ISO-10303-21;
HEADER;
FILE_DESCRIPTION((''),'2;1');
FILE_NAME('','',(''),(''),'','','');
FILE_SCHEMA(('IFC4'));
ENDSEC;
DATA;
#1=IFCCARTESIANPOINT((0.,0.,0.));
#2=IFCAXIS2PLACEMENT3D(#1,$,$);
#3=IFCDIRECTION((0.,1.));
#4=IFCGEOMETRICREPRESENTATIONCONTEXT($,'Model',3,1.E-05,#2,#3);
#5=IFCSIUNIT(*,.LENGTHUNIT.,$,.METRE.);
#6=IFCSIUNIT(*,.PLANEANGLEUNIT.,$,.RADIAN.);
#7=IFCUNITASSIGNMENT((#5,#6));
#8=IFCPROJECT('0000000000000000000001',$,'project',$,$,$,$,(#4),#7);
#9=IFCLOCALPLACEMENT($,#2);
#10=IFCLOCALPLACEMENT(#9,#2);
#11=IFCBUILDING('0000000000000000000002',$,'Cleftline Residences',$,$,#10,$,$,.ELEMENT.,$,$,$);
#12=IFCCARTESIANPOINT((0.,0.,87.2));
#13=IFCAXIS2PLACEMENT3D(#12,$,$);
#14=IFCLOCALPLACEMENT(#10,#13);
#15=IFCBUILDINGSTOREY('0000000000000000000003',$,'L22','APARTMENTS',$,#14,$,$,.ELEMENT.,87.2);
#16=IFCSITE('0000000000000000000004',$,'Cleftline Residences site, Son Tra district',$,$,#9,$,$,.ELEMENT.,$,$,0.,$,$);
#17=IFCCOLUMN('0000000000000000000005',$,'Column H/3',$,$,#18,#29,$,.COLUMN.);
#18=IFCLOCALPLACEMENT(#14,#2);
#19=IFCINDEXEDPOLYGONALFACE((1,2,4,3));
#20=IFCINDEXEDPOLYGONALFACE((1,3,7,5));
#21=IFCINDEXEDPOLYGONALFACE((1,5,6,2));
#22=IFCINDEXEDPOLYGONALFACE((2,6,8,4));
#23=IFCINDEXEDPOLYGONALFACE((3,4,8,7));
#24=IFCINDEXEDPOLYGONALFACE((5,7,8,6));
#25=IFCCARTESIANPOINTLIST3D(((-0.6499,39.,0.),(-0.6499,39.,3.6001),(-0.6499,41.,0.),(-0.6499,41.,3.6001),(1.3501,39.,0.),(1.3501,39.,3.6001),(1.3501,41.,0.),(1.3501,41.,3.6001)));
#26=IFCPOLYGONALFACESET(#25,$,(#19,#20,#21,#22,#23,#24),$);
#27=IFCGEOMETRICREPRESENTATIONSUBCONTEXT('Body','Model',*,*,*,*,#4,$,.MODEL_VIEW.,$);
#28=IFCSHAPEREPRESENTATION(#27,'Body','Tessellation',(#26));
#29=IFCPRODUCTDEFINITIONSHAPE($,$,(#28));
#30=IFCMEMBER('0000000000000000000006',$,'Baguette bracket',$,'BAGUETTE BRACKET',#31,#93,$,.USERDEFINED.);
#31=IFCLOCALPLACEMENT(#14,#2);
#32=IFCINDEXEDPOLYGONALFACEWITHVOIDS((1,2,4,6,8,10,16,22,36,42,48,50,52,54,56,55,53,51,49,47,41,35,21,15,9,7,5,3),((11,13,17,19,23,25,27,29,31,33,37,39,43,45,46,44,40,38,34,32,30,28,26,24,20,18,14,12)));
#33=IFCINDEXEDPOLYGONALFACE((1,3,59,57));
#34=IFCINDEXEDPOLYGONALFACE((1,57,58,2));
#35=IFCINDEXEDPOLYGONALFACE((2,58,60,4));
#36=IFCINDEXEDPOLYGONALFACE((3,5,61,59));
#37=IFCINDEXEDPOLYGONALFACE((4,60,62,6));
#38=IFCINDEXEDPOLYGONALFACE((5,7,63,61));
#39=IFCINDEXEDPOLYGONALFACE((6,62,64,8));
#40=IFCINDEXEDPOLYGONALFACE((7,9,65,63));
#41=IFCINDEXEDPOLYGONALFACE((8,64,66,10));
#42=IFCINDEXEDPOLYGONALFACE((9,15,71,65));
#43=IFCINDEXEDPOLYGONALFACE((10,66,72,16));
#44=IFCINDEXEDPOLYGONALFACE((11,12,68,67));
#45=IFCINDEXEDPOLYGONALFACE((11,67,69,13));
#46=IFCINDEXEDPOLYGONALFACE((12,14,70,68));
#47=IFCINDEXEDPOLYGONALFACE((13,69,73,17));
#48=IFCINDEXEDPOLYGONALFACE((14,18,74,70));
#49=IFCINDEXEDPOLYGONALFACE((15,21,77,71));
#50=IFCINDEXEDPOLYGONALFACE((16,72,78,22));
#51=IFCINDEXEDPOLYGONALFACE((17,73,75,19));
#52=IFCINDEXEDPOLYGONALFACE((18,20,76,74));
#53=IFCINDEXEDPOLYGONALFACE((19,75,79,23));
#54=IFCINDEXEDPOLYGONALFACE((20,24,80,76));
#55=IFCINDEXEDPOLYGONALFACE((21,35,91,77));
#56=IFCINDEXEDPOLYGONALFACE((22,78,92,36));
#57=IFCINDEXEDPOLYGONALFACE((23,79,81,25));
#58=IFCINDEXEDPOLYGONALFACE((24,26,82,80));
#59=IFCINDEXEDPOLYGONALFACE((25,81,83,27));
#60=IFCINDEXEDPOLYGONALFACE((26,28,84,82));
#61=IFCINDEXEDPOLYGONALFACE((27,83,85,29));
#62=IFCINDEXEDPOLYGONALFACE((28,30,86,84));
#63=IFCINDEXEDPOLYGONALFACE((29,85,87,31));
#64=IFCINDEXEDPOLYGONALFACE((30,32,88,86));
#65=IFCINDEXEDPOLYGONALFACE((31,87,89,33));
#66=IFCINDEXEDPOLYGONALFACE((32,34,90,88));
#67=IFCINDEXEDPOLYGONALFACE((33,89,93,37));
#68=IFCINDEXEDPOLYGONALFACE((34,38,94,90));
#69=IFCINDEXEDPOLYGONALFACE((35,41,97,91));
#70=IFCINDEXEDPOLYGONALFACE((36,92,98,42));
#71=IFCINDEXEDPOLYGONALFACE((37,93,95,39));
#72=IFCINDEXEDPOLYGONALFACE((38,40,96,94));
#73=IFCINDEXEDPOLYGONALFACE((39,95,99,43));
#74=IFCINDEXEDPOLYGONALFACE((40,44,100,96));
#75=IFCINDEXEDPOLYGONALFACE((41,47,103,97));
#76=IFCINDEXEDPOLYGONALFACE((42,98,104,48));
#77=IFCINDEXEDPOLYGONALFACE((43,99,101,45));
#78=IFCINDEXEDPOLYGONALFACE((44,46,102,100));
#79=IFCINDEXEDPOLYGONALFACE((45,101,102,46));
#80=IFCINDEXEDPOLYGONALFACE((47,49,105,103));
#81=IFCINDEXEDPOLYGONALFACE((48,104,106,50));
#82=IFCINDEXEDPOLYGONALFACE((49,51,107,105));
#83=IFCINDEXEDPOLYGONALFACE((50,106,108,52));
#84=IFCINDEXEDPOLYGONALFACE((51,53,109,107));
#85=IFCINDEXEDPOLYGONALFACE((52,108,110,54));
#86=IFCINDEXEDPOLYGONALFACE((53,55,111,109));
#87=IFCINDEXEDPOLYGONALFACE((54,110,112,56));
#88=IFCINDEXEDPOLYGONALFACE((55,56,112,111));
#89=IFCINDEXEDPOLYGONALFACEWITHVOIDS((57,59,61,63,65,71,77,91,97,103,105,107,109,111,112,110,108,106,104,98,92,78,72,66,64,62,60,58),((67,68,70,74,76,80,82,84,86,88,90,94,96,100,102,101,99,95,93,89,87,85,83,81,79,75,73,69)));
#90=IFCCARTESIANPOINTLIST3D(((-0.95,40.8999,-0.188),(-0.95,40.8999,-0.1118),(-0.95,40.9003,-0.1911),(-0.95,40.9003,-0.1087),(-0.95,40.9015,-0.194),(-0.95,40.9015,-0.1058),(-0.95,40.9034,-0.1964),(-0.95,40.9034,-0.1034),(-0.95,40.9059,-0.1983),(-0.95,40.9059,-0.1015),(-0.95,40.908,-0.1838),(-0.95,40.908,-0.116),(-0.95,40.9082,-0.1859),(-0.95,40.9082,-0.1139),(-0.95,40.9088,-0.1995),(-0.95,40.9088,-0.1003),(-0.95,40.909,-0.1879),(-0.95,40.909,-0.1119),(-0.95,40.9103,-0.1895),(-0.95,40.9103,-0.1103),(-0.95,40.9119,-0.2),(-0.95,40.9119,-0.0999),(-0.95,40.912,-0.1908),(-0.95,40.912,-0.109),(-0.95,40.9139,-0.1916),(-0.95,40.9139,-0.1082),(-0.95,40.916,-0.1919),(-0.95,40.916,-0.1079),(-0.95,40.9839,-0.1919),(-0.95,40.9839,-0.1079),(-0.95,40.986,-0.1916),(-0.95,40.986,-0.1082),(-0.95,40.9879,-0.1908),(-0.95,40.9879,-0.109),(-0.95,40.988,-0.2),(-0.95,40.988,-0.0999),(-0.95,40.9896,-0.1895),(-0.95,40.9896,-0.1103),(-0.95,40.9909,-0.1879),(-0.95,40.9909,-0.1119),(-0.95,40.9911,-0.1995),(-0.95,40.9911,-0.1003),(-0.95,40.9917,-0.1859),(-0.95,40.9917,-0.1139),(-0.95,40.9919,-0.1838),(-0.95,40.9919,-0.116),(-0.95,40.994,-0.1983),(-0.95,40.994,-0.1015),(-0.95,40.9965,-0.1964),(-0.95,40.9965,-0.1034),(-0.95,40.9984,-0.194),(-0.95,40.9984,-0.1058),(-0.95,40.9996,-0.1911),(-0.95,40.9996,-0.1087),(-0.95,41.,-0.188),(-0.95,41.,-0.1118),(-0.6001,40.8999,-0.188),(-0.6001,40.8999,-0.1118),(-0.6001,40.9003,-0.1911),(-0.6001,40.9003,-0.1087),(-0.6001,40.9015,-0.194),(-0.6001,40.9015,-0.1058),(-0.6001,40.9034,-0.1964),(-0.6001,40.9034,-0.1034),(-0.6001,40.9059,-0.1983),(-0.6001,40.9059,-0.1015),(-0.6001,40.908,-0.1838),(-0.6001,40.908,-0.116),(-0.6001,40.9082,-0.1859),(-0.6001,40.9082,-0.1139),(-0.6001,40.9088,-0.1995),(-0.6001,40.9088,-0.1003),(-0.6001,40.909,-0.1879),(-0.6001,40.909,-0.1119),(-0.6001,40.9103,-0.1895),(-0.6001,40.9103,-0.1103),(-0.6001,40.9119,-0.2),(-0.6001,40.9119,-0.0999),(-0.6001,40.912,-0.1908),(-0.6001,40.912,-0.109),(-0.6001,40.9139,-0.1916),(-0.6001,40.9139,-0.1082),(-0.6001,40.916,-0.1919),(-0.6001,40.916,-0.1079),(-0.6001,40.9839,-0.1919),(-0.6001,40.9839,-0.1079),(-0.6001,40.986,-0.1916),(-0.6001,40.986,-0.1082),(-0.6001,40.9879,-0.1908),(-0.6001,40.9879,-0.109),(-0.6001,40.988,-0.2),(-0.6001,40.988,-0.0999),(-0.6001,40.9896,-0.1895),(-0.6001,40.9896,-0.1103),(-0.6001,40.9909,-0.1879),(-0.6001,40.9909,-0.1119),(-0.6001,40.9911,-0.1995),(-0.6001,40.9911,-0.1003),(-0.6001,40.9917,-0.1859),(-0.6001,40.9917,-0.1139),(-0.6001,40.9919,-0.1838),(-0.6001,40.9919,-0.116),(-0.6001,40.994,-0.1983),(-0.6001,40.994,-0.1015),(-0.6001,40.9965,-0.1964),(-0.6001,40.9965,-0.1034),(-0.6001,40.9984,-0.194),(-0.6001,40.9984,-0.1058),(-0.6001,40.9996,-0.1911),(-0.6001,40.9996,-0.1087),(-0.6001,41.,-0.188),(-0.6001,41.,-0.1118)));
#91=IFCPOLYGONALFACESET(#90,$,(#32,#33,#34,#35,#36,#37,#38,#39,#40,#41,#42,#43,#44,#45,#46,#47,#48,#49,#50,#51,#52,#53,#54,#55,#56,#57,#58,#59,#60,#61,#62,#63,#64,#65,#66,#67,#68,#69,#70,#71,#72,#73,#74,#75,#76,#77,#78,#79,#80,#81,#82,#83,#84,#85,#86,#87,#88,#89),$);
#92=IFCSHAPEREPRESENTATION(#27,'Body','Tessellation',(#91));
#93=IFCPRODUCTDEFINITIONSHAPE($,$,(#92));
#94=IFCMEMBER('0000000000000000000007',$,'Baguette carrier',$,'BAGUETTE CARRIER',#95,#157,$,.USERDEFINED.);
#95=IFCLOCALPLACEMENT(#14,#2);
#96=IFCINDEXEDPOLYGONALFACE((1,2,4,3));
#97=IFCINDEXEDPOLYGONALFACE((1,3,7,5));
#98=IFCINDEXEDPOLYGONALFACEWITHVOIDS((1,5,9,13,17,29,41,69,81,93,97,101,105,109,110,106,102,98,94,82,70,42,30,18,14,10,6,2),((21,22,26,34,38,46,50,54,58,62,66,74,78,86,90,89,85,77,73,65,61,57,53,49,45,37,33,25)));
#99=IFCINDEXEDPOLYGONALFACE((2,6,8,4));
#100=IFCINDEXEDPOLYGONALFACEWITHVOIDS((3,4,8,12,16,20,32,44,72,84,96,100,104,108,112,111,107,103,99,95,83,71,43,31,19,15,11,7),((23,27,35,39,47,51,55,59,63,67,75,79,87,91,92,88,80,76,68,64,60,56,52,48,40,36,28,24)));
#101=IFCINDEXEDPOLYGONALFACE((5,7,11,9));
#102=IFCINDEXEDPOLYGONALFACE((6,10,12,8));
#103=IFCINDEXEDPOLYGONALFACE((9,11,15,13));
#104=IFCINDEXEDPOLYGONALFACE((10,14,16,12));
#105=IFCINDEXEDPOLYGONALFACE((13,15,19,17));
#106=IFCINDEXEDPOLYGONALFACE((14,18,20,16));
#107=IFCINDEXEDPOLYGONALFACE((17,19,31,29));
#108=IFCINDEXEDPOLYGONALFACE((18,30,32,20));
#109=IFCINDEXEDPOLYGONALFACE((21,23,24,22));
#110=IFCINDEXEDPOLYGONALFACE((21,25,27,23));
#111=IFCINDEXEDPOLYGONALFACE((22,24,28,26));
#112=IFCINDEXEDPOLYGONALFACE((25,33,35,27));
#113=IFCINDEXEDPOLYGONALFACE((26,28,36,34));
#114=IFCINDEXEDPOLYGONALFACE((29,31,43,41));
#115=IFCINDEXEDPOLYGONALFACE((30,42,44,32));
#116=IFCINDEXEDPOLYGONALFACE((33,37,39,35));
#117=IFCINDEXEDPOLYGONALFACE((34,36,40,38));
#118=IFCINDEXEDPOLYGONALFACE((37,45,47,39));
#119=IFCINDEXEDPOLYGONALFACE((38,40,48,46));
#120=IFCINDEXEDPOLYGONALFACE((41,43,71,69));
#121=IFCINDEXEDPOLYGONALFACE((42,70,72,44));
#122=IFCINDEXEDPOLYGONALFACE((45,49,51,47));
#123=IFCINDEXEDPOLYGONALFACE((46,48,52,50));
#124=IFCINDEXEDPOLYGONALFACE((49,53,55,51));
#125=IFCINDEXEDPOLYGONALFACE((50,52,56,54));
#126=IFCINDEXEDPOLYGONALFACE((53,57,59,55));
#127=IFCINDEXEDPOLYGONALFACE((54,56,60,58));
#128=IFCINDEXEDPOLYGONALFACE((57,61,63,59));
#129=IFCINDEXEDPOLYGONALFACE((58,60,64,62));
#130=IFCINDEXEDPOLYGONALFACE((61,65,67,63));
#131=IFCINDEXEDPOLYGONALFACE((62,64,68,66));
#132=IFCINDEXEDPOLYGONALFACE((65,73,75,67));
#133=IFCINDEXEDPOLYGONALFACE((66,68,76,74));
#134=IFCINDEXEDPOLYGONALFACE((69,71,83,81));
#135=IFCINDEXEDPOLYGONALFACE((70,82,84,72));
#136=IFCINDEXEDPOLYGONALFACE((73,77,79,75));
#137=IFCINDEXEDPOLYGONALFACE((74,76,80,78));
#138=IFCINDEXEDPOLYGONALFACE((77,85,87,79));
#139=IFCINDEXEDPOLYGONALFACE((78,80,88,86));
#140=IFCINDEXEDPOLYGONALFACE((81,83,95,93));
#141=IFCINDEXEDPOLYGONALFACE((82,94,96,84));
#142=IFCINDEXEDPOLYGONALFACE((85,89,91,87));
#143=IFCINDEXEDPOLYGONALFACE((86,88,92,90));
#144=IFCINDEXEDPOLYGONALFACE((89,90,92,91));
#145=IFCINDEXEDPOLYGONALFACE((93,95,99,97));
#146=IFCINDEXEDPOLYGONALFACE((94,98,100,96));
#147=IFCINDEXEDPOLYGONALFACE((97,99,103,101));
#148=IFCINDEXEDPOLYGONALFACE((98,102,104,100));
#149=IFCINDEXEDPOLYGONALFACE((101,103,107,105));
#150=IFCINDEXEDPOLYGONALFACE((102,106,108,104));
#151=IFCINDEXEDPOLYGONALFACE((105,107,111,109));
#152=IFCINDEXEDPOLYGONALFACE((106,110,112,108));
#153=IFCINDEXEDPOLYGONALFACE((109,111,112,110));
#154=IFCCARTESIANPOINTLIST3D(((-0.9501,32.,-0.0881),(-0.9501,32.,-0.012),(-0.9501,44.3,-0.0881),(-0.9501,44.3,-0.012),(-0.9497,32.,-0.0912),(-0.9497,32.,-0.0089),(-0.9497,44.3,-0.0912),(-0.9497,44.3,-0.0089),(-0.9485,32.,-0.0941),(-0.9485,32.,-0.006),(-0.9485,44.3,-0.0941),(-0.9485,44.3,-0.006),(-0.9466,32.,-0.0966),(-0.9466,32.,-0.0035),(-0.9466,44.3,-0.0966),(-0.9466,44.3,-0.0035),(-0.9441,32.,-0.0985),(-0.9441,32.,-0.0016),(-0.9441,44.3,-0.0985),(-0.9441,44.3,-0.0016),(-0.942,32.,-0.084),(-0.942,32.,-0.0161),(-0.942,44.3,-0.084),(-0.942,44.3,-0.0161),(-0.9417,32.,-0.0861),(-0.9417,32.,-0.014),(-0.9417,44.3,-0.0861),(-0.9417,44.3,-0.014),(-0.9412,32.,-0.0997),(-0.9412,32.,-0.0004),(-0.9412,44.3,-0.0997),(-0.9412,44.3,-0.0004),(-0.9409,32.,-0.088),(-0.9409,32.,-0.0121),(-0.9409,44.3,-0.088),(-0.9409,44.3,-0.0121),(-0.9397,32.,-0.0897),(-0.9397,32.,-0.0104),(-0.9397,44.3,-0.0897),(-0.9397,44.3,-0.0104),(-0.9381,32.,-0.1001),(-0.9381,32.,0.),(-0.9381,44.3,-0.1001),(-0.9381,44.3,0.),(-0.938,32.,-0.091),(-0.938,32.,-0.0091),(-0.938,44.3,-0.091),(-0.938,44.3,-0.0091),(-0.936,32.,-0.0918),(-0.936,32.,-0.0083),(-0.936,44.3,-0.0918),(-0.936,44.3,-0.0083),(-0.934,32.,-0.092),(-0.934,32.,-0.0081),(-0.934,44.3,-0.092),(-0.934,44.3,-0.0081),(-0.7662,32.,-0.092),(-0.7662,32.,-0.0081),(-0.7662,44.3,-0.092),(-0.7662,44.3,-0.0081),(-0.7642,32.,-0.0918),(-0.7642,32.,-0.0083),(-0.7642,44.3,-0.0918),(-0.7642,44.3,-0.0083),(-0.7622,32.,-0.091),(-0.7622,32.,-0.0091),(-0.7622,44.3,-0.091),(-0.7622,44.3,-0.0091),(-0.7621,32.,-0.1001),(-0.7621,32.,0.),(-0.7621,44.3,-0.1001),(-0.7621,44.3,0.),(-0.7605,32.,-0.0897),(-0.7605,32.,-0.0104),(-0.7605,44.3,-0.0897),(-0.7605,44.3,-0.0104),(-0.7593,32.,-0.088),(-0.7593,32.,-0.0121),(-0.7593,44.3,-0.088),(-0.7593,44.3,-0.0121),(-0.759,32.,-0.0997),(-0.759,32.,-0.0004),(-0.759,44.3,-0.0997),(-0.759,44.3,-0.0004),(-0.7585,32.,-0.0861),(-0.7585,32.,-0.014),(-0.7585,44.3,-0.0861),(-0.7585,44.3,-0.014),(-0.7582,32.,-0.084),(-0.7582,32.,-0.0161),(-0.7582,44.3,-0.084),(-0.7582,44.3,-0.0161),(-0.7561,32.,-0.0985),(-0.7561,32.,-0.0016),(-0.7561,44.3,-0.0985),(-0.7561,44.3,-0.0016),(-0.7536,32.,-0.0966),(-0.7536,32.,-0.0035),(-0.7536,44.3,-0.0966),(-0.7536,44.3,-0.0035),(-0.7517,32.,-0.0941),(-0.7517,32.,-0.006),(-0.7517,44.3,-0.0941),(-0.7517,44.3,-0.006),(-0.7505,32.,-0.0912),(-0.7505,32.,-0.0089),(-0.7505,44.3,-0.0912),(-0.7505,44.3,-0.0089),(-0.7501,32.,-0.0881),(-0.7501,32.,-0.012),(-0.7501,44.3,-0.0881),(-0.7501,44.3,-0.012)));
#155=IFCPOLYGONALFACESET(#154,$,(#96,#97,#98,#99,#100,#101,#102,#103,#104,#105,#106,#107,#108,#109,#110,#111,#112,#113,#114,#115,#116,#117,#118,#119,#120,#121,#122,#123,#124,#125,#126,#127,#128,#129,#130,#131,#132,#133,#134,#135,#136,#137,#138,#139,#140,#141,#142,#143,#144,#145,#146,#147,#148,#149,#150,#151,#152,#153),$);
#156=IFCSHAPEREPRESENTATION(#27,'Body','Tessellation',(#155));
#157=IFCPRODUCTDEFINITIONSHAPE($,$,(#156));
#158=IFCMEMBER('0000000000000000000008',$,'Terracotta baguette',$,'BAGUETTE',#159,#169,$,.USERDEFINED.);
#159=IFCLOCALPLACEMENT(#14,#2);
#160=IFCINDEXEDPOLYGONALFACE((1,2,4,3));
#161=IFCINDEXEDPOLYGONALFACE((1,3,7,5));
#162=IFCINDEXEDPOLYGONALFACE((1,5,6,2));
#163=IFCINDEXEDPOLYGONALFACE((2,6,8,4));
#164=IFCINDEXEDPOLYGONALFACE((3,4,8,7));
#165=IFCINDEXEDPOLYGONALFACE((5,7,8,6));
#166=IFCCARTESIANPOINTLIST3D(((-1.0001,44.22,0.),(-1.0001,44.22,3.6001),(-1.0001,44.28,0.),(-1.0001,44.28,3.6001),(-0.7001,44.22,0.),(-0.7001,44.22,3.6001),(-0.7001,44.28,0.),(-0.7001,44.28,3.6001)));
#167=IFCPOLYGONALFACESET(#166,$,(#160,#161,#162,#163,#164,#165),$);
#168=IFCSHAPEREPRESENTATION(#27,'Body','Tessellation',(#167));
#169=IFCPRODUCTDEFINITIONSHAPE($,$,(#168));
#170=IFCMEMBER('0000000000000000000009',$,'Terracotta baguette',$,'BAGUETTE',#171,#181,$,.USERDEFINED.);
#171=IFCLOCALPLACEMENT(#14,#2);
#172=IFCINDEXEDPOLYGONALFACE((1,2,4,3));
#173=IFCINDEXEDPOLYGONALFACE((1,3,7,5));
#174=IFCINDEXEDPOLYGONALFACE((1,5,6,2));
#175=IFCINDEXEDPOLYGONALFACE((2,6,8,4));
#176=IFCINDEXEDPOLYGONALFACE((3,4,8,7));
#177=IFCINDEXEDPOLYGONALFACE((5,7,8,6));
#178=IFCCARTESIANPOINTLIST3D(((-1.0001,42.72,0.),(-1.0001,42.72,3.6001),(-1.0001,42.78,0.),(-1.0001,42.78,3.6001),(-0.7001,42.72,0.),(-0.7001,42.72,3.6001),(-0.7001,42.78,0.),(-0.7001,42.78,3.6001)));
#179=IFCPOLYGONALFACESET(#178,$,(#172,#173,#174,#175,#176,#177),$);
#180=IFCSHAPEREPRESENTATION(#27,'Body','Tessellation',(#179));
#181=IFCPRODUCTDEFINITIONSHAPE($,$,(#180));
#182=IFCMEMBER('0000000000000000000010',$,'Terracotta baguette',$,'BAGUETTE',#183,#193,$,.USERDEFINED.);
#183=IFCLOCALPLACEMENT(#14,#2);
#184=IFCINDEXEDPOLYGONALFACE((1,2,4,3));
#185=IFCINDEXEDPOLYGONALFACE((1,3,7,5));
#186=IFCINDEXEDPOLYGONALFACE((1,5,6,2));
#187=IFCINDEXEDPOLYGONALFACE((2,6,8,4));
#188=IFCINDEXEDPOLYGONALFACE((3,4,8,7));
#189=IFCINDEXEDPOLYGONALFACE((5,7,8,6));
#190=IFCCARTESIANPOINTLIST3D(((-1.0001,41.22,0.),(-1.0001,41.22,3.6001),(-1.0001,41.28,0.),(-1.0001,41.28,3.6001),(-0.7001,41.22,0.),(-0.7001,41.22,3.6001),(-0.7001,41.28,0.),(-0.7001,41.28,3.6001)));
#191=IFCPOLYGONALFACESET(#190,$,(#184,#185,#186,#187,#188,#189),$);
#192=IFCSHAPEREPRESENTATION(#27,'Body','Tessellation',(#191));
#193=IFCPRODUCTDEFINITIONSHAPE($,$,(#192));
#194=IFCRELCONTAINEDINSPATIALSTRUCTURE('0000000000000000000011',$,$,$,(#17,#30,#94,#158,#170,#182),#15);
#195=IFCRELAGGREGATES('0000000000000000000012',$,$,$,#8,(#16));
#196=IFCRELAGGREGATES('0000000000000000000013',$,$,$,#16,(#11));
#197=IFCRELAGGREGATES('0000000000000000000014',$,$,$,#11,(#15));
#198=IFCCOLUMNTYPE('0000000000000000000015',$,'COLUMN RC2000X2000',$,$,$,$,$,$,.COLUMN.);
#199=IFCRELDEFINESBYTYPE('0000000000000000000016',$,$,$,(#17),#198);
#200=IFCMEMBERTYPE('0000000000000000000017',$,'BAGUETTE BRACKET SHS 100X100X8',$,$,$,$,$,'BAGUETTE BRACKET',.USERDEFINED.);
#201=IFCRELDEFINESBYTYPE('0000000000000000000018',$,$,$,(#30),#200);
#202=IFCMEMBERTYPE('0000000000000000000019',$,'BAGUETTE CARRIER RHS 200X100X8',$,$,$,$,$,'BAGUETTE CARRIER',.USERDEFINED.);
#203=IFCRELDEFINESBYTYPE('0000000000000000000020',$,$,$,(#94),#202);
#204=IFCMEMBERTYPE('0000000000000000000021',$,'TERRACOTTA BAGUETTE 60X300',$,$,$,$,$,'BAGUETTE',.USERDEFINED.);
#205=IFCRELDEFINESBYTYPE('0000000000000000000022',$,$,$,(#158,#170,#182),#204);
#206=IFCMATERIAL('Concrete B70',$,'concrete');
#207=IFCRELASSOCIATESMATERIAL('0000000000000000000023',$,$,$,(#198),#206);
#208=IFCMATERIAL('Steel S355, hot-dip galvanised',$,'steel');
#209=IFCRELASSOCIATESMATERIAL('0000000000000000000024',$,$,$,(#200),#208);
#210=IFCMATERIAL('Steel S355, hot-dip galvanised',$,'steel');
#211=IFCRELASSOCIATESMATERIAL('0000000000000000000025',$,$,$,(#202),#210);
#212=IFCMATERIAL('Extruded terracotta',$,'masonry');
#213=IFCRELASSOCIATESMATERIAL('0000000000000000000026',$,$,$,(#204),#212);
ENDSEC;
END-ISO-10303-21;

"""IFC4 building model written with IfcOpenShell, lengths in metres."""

from ifc_helpers import new_model, si_unit, direction, frame, origin, origin_2d, place, context, subcontext, project, spatial, rectangle, hollow_rectangle, extrude, material, material_profile, profile_set, type_object, element, save


model = new_model("IFC4")

# Units and contexts
model_context = context("Model", 3, precision=1e-05, world=origin(), true_north=direction((0.0, 1.0)))
body_context = subcontext(model_context, "Body", "Model", "MODEL_VIEW")
ifc_project = project(units=[si_unit("LENGTHUNIT", "METRE"), si_unit("PLANEANGLEUNIT", "RADIAN")], contexts=[model_context])

# Site, building, storey
site_placement = place(None, origin())
site = spatial("IfcSite", under=ifc_project, at=site_placement, Name="Cleftline Residences site, Son Tra district", CompositionType="ELEMENT", RefElevation=0.0)
building_placement = place(site_placement, origin())
building = spatial("IfcBuilding", under=site, at=building_placement, Name="Cleftline Residences", CompositionType="ELEMENT")
storey_placement = place(building_placement, frame((0.0, 0.0, 87.2)))
storey = spatial("IfcBuildingStorey", under=building, at=storey_placement, Name="L22", Description="APARTMENTS", CompositionType="ELEMENT", Elevation=87.2)

# Column
ifc_material_1 = material(Name="Concrete B70", Category="concrete")
ifc_material_profile_1 = material_profile(ifc_material_1, rectangle(XDim=2.0, YDim=2.0, at=origin_2d()))
ifc_profile_set_1 = profile_set([ifc_material_profile_1], Name="Concrete B70")
column_type = type_object("IfcColumnType", Name="COLUMN RC2000X2000", PredefinedType="COLUMN", material=ifc_profile_set_1)
column_placement = place(storey_placement, frame((0.3501, 40.0, 0.0), z_axis=(0.0, 0.0, 1.0), x_axis=(1.0, 0.0, 0.0)))
element("IfcColumn", 1, at=column_placement, inside=storey, type_object=column_type, Name="Column H/3", PredefinedType="COLUMN", context=body_context, shape_type="SweptSolid", body=[
    extrude(rectangle(XDim=2.0, YDim=2.0, at=origin_2d()), origin(), (0.0, 0.0, 1.0), 3.6001),
])

# Members
ifc_material_2 = material(Name="Steel S355, hot-dip galvanised", Category="steel")
ifc_material_profile_2 = material_profile(ifc_material_2, hollow_rectangle(XDim=0.1001, YDim=0.1001, WallThickness=0.0081, InnerFilletRadius=0.0081, OuterFilletRadius=0.012, at=origin_2d()))
ifc_profile_set_2 = profile_set([ifc_material_profile_2], Name="Steel S355, hot-dip galvanised")
member_type_1 = type_object("IfcMemberType", Name="BAGUETTE BRACKET SHS 100X100X8", ElementType="BAGUETTE BRACKET", PredefinedType="USERDEFINED", material=ifc_profile_set_2)
member_1_placement = place(storey_placement, frame((-0.6001, 40.95, -0.1499), z_axis=(-1.0, 0.0, 0.0), x_axis=(0.0, -1.0, 0.0)))
element("IfcMember", 2, at=member_1_placement, inside=storey, type_object=member_type_1, Name="Baguette bracket", ObjectType="BAGUETTE BRACKET", PredefinedType="USERDEFINED", context=body_context, shape_type="SweptSolid", body=[
    extrude(hollow_rectangle(XDim=0.1001, YDim=0.1001, WallThickness=0.0081, InnerFilletRadius=0.0081, OuterFilletRadius=0.012, at=origin_2d()), origin(), (0.0, 0.0, 1.0), 0.3499),
])
ifc_material_3 = material(Name="Steel S355, hot-dip galvanised", Category="steel")
ifc_material_profile_3 = material_profile(ifc_material_3, hollow_rectangle(XDim=0.1001, YDim=0.2, WallThickness=0.0081, InnerFilletRadius=0.0081, OuterFilletRadius=0.012, at=origin_2d()))
ifc_profile_set_3 = profile_set([ifc_material_profile_3], Name="Steel S355, hot-dip galvanised")
member_type_2 = type_object("IfcMemberType", Name="BAGUETTE CARRIER RHS 200X100X8", ElementType="BAGUETTE CARRIER", PredefinedType="USERDEFINED", material=ifc_profile_set_3)
member_2_placement = place(storey_placement, frame((-0.8501, 44.3, -0.05), z_axis=(0.0, -1.0, 0.0), x_axis=(0.0, 0.0, 1.0)))
element("IfcMember", 3, at=member_2_placement, inside=storey, type_object=member_type_2, Name="Baguette carrier", ObjectType="BAGUETTE CARRIER", PredefinedType="USERDEFINED", context=body_context, shape_type="SweptSolid", body=[
    extrude(hollow_rectangle(XDim=0.1001, YDim=0.2, WallThickness=0.0081, InnerFilletRadius=0.0081, OuterFilletRadius=0.012, at=origin_2d()), origin(), (0.0, 0.0, 1.0), 12.3),
])
ifc_material_4 = material(Name="Extruded terracotta", Category="masonry")
ifc_material_profile_4 = material_profile(ifc_material_4, rectangle(XDim=0.0601, YDim=0.3, at=origin_2d()))
ifc_profile_set_4 = profile_set([ifc_material_profile_4], Name="Extruded terracotta")
member_type_3 = type_object("IfcMemberType", Name="TERRACOTTA BAGUETTE 60X300", ElementType="BAGUETTE", PredefinedType="USERDEFINED", material=ifc_profile_set_4)
for number, where, z_axis, x_axis, name in (
    (4, (-0.8501, 44.25, 0.0), (0.0, 0.0, 1.0), (0.0, 1.0, 0.0), "Terracotta baguette"),
    (5, (-0.8501, 42.75, 0.0), (0.0, 0.0, 1.0), (0.0, 1.0, 0.0), "Terracotta baguette"),
    (6, (-0.8501, 41.25, 0.0), (0.0, 0.0, 1.0), (0.0, 1.0, 0.0), "Terracotta baguette"),
):
    element("IfcMember", number, at=place(storey_placement, frame(where, z_axis=z_axis, x_axis=x_axis)), inside=storey, type_object=member_type_3, Name=name, ObjectType="BAGUETTE", PredefinedType="USERDEFINED", context=body_context, shape_type="SweptSolid", body=[
        extrude(rectangle(XDim=0.0601, YDim=0.3, at=origin_2d()), origin(), (0.0, 0.0, 1.0), 3.6001),
    ])

save(model, "model.ifc")
